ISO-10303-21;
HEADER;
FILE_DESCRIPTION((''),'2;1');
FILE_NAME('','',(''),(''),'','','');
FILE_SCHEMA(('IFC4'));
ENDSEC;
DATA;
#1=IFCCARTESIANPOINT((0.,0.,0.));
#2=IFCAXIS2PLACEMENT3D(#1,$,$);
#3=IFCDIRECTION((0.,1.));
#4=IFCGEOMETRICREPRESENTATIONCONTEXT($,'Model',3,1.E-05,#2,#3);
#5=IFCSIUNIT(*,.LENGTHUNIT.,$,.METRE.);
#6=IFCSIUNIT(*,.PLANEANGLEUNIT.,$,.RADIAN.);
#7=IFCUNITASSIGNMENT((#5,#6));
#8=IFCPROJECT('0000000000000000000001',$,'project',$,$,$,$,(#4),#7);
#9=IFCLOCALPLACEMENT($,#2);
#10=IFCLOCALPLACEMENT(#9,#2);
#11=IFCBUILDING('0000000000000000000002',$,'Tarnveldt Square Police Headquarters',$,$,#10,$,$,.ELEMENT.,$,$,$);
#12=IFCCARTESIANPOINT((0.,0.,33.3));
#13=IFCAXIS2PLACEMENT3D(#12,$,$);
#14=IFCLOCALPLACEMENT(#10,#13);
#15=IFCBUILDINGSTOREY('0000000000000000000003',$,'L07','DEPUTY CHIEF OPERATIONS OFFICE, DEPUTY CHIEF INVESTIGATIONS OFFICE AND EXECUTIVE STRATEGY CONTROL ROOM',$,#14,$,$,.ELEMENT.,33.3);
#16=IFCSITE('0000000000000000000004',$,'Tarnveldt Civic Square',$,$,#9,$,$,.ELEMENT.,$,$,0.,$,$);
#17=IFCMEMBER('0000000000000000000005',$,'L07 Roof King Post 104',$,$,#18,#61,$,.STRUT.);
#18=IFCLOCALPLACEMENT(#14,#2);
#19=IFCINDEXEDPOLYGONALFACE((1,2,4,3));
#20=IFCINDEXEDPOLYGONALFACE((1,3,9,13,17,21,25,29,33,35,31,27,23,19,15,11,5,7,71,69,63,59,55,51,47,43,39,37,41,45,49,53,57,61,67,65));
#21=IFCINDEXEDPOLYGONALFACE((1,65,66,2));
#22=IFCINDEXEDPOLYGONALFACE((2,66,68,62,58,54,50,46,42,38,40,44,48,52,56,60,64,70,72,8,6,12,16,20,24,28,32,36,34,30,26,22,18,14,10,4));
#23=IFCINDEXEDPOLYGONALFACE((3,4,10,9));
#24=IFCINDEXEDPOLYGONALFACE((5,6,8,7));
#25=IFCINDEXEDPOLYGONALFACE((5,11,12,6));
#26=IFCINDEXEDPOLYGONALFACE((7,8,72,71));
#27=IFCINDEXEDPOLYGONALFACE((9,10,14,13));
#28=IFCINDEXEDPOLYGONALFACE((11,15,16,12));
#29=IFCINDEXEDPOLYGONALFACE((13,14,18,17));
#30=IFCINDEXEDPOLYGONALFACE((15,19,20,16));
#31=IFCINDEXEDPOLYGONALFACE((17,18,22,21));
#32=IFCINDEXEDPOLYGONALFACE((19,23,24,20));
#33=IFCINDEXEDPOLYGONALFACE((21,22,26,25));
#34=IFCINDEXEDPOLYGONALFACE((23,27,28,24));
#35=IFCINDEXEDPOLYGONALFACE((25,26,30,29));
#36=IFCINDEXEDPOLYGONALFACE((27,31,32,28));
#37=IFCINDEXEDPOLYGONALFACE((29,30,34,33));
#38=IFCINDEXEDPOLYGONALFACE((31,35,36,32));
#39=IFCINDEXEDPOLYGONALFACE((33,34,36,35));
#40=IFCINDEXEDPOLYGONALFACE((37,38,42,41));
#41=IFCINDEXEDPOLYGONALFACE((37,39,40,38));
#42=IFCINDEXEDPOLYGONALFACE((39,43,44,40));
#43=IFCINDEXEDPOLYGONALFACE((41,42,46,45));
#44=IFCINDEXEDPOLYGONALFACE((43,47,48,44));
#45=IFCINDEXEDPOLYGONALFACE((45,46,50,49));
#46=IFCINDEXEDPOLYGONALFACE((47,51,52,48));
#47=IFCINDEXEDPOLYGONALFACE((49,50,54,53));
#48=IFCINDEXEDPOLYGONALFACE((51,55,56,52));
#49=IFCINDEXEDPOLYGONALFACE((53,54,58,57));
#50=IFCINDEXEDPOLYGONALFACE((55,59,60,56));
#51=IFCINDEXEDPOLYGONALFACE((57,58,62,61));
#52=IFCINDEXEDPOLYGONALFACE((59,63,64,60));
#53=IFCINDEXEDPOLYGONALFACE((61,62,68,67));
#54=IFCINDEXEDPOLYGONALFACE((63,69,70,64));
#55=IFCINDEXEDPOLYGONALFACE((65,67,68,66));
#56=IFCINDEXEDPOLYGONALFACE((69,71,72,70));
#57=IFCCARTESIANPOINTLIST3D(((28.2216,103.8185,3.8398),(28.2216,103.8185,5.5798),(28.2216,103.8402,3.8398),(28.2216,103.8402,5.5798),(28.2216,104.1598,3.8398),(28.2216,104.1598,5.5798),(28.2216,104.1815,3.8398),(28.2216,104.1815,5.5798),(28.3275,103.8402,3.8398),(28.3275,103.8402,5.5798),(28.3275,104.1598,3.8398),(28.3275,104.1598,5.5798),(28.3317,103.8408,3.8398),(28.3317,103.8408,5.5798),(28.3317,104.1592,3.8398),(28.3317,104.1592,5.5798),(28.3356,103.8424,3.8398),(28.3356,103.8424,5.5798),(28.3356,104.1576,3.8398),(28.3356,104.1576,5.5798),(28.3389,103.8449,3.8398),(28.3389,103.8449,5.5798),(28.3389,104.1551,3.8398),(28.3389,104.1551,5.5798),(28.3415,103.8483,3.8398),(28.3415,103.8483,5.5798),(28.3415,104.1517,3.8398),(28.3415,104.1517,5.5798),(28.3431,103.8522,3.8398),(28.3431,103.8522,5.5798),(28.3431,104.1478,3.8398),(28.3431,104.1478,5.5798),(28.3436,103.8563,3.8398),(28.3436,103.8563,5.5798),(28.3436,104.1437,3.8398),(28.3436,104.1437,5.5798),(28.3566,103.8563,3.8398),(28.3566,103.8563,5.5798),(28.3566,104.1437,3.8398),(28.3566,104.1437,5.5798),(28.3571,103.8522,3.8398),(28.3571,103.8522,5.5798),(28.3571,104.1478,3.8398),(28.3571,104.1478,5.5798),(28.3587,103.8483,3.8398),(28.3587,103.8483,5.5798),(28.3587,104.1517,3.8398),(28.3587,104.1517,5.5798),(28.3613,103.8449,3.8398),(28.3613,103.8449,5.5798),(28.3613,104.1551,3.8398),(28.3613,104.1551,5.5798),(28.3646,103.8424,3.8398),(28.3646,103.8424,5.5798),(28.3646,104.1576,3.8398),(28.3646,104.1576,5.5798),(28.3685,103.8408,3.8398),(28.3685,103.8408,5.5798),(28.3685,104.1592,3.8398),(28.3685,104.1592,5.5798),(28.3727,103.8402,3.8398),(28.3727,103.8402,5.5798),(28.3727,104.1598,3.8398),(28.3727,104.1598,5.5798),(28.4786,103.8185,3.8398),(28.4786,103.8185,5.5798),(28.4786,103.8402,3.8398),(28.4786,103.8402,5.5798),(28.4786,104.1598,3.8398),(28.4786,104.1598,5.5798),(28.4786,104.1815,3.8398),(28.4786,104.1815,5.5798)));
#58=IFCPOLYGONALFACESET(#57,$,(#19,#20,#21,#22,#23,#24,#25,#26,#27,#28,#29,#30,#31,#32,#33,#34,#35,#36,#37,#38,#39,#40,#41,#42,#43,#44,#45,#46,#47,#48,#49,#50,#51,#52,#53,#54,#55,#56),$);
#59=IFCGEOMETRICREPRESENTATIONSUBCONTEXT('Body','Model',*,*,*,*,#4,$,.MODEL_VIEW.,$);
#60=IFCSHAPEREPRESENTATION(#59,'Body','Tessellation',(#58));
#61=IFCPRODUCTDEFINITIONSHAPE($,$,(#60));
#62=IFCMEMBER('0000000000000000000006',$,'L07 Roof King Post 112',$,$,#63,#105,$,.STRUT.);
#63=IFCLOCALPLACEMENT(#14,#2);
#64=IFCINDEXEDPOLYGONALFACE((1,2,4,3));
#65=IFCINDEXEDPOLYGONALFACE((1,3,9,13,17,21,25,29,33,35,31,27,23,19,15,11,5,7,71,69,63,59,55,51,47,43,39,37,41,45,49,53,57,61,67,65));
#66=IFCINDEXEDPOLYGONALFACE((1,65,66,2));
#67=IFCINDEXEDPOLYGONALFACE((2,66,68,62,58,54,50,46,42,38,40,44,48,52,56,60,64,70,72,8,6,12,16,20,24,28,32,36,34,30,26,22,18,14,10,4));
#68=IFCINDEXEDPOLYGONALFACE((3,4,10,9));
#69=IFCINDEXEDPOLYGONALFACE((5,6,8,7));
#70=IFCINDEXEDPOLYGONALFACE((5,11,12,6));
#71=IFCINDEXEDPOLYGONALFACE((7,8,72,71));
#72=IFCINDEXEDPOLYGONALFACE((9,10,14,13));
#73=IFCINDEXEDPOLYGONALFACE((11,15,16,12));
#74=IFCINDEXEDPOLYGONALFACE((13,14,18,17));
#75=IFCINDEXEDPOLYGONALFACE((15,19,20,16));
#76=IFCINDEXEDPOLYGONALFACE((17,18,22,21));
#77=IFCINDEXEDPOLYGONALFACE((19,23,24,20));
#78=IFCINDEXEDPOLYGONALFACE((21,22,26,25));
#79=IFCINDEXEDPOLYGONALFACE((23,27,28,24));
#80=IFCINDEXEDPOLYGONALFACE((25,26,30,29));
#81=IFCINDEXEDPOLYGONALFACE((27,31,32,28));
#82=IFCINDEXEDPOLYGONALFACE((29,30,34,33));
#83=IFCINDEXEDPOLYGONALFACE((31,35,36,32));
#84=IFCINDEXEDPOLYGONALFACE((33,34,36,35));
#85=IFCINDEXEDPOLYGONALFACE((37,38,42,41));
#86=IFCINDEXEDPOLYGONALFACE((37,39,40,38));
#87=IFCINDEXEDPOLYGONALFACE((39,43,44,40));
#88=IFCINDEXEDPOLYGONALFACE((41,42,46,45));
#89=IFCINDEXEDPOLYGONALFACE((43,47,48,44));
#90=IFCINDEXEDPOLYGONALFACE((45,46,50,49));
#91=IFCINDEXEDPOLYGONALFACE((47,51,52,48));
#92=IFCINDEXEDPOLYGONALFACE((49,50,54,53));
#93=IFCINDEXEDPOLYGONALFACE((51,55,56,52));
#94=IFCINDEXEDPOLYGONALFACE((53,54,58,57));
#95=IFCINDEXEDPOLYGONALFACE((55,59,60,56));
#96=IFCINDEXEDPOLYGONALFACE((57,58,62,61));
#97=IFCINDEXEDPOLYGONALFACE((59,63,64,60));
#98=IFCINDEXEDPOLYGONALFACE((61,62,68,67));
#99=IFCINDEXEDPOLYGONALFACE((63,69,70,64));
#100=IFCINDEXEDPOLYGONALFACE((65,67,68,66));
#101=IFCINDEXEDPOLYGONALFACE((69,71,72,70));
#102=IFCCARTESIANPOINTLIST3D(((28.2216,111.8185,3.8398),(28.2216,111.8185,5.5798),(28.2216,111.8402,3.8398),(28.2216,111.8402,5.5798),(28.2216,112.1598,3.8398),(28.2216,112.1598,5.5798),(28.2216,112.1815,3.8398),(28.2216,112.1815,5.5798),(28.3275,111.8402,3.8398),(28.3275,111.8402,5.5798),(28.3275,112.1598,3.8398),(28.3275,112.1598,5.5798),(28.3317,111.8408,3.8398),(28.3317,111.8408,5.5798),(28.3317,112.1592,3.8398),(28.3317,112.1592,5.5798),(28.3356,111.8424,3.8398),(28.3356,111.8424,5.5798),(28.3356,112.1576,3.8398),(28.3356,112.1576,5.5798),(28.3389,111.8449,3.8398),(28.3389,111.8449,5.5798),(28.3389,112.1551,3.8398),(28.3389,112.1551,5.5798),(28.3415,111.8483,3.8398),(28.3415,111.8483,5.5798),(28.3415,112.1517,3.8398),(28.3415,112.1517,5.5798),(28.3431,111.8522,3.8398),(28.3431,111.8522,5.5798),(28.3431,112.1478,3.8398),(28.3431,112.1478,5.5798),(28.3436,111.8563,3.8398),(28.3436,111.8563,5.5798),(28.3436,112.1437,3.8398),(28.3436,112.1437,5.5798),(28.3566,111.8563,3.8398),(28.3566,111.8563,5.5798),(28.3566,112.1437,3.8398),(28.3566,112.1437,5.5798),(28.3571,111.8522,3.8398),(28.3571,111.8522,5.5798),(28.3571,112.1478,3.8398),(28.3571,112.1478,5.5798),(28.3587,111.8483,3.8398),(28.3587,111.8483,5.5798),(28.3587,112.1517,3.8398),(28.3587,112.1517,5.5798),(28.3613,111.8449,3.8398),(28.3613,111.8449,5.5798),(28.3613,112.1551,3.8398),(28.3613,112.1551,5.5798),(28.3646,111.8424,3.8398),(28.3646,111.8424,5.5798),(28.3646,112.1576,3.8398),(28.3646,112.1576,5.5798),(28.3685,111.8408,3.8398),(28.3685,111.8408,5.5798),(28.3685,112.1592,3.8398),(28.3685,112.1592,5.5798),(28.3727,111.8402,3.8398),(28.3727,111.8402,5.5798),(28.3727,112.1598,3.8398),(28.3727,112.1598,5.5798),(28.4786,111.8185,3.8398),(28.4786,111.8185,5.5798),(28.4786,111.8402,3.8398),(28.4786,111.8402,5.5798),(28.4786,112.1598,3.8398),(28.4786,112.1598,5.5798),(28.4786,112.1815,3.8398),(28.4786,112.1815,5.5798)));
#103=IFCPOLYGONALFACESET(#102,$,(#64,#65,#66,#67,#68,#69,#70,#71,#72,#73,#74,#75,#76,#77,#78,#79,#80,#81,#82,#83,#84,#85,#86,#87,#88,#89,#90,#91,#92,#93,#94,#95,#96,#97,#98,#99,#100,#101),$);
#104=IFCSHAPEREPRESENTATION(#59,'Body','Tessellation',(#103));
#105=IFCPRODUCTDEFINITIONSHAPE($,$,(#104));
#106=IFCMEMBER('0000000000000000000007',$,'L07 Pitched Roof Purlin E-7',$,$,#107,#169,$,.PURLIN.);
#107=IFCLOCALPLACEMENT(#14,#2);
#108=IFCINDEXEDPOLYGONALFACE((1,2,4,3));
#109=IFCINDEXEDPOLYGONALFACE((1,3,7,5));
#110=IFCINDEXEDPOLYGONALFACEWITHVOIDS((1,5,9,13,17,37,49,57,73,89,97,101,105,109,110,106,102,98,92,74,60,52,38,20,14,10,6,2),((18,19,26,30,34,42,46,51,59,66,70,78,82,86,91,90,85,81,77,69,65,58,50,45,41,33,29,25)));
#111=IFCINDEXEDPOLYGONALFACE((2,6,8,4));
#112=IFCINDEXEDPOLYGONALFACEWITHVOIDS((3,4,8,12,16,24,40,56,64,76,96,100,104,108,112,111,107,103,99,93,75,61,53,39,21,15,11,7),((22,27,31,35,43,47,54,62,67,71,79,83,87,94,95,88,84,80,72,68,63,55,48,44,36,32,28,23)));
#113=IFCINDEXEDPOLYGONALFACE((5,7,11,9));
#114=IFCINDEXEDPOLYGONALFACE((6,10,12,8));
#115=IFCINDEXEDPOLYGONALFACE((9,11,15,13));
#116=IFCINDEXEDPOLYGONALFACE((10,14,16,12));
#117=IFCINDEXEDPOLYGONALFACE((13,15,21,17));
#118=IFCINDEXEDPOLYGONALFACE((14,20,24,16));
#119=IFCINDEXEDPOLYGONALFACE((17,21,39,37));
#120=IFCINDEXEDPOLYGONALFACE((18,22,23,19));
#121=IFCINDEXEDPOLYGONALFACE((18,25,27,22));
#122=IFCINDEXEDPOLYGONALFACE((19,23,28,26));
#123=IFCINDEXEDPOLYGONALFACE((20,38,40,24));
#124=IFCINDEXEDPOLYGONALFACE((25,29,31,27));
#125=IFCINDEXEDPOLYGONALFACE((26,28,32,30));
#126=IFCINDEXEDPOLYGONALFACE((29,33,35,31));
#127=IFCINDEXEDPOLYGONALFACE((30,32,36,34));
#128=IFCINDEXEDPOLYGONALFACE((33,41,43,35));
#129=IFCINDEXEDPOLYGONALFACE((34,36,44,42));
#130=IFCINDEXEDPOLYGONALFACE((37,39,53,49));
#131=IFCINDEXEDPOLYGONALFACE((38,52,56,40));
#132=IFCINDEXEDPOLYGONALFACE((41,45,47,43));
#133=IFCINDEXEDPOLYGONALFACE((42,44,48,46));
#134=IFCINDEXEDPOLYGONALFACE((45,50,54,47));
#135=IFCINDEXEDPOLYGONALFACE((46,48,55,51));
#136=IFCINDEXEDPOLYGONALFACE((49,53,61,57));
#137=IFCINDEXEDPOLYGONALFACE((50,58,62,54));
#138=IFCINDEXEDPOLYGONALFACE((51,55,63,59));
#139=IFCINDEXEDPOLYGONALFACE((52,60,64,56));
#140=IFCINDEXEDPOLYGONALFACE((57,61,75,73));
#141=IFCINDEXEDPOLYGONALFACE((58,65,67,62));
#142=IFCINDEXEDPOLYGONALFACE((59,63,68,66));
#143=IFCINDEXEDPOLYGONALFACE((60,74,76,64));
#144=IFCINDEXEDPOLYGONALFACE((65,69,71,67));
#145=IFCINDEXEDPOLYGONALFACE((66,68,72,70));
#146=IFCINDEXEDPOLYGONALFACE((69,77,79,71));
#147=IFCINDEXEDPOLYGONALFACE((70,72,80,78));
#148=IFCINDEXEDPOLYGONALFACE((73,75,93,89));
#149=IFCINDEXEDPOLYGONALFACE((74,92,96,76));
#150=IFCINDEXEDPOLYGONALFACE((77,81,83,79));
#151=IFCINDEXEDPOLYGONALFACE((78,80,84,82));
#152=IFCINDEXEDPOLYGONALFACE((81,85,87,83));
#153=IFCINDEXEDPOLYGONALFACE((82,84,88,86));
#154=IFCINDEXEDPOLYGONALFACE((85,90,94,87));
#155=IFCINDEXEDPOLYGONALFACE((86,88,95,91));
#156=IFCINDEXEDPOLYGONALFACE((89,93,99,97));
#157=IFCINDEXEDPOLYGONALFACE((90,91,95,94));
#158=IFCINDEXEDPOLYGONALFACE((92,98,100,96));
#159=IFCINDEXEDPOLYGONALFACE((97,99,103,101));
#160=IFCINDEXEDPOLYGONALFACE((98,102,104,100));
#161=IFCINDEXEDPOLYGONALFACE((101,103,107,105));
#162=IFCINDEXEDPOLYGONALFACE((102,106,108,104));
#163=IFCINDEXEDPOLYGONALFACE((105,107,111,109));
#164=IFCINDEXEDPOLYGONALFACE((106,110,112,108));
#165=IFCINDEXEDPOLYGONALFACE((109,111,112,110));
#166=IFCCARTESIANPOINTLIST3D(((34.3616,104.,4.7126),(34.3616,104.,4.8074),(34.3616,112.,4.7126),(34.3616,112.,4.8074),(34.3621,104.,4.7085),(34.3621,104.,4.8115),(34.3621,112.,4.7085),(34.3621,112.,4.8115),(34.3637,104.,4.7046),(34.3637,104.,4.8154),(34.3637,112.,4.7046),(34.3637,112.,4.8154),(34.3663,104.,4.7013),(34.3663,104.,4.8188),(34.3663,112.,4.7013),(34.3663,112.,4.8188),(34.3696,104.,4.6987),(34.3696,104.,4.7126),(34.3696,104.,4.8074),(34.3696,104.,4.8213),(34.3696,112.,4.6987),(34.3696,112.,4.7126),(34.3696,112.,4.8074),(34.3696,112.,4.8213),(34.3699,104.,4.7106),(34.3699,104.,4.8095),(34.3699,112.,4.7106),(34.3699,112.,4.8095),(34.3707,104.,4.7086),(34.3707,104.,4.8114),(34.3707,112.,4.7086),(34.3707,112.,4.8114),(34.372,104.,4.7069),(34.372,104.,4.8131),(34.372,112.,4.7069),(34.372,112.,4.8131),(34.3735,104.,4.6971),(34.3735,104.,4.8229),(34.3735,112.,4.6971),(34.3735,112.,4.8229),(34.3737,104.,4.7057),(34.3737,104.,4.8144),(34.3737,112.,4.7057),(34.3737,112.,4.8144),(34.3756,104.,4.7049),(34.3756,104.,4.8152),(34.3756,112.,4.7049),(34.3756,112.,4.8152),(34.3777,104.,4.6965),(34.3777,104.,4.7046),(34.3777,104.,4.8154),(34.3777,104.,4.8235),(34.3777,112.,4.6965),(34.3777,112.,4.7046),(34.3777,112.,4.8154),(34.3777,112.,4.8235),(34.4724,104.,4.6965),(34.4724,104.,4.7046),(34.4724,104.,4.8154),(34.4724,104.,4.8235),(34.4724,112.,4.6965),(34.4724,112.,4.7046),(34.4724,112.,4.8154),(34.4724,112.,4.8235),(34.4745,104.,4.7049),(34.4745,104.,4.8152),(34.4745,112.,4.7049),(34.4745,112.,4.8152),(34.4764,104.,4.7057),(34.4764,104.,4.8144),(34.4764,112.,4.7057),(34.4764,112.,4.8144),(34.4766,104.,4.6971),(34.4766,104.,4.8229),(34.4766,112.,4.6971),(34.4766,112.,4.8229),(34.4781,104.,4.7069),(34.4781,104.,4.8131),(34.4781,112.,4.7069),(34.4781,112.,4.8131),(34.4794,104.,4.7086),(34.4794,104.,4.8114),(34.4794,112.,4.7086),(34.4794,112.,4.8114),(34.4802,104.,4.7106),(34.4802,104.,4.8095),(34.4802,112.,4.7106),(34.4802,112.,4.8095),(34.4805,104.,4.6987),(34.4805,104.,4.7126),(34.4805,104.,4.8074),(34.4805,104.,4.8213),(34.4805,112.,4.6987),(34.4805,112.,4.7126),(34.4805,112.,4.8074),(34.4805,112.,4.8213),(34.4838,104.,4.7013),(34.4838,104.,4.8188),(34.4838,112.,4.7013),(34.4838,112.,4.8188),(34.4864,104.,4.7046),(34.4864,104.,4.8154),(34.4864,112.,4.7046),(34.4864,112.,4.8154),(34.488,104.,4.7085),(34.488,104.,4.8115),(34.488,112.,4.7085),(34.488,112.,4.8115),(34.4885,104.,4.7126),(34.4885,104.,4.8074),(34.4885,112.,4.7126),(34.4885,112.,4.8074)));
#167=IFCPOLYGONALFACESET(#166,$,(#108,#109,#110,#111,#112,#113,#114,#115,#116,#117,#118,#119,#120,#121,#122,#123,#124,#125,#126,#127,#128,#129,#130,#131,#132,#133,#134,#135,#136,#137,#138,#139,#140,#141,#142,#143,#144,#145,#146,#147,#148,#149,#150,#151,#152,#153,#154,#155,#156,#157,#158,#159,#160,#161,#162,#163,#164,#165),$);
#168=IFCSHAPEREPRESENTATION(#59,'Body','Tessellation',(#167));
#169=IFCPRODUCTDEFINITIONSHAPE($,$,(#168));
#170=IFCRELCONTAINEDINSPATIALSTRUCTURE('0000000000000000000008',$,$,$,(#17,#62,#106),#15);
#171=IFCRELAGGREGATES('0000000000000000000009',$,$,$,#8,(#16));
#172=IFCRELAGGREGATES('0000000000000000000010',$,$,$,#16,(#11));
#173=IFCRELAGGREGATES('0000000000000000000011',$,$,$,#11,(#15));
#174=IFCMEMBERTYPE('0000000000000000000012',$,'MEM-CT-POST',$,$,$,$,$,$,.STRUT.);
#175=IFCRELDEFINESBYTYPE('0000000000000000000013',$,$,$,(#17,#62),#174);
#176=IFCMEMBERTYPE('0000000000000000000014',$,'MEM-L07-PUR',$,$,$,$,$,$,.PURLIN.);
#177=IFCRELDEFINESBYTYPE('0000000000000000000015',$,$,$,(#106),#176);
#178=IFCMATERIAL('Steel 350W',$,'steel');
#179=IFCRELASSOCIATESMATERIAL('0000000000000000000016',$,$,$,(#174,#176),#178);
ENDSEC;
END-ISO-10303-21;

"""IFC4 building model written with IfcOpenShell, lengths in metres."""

from ifc_helpers import new_model, si_unit, direction, frame, origin, origin_2d, place, context, subcontext, project, spatial, hollow_rectangle, i_section, extrude, material, material_profile, profile_set, type_object, element, save


model = new_model("IFC4")

# Units and contexts
model_context = context("Model", 3, precision=1e-05, world=origin(), true_north=direction((0.0, 1.0)))
body_context = subcontext(model_context, "Body", "Model", "MODEL_VIEW")
ifc_project = project(units=[si_unit("LENGTHUNIT", "METRE"), si_unit("PLANEANGLEUNIT", "RADIAN")], contexts=[model_context])

# Site, building, storey
site_placement = place(None, origin())
site = spatial("IfcSite", under=ifc_project, at=site_placement, Name="Tarnveldt Civic Square", CompositionType="ELEMENT", RefElevation=0.0)
building_placement = place(site_placement, origin())
building = spatial("IfcBuilding", under=site, at=building_placement, Name="Tarnveldt Square Police Headquarters", CompositionType="ELEMENT")
storey_placement = place(building_placement, frame((0.0, 0.0, 33.3)))
storey = spatial("IfcBuildingStorey", under=building, at=storey_placement, Name="L07", Description="DEPUTY CHIEF OPERATIONS OFFICE, DEPUTY CHIEF INVESTIGATIONS OFFICE AND EXECUTIVE STRATEGY CONTROL ROOM", CompositionType="ELEMENT", Elevation=33.3)

# Shared definitions
ifc_material_1 = material(Name="Steel 350W", Category="steel")

# Members
ifc_material_profile_1 = material_profile(ifc_material_1, i_section(OverallWidth=0.2571, OverallDepth=0.363, WebThickness=0.0129, FlangeThickness=0.0217, FilletRadius=0.0161, at=origin_2d()), Name="W360x122")
ifc_profile_set_1 = profile_set([ifc_material_profile_1], Name="Steel 350W")
member_type_1 = type_object("IfcMemberType", Name="MEM-CT-POST", PredefinedType="STRUT", material=ifc_profile_set_1)
for number, where, z_axis, x_axis, name in (
    (1, (28.3501, 104.0, 3.8398), (0.0, 0.0, 1.0), (1.0, 0.0, 0.0), "L07 Roof King Post 104"),
    (2, (28.3501, 112.0, 3.8398), (0.0, 0.0, 1.0), (1.0, 0.0, 0.0), "L07 Roof King Post 112"),
):
    element("IfcMember", number, at=place(storey_placement, frame(where, z_axis=z_axis, x_axis=x_axis)), inside=storey, type_object=member_type_1, Name=name, PredefinedType="STRUT", context=body_context, shape_type="SweptSolid", body=[
        extrude(i_section(OverallWidth=0.2571, OverallDepth=0.363, WebThickness=0.0129, FlangeThickness=0.0217, FilletRadius=0.0161, at=origin_2d()), origin(), (0.0, 0.0, 1.0), 1.74),
    ])
ifc_material_profile_2 = material_profile(ifc_material_1, hollow_rectangle(XDim=0.127, YDim=0.127, WallThickness=0.0081, InnerFilletRadius=0.0081, OuterFilletRadius=0.0161, at=origin_2d()), Name="HSS127x127x8.0")
ifc_profile_set_2 = profile_set([ifc_material_profile_2], Name="Steel 350W")
member_type_2 = type_object("IfcMemberType", Name="MEM-L07-PUR", PredefinedType="PURLIN", material=ifc_profile_set_2)
member_placement = place(storey_placement, frame((34.425, 104.0, 4.76), z_axis=(0.0, 1.0, 0.0), x_axis=(-1.0, 0.0, 0.0)))
element("IfcMember", 3, at=member_placement, inside=storey, type_object=member_type_2, Name="L07 Pitched Roof Purlin E-7", PredefinedType="PURLIN", context=body_context, shape_type="SweptSolid", body=[
    extrude(hollow_rectangle(XDim=0.127, YDim=0.127, WallThickness=0.0081, InnerFilletRadius=0.0081, OuterFilletRadius=0.0161, at=origin_2d()), origin(), (0.0, 0.0, 1.0), 8.0),
])

save(model, "model.ifc")
